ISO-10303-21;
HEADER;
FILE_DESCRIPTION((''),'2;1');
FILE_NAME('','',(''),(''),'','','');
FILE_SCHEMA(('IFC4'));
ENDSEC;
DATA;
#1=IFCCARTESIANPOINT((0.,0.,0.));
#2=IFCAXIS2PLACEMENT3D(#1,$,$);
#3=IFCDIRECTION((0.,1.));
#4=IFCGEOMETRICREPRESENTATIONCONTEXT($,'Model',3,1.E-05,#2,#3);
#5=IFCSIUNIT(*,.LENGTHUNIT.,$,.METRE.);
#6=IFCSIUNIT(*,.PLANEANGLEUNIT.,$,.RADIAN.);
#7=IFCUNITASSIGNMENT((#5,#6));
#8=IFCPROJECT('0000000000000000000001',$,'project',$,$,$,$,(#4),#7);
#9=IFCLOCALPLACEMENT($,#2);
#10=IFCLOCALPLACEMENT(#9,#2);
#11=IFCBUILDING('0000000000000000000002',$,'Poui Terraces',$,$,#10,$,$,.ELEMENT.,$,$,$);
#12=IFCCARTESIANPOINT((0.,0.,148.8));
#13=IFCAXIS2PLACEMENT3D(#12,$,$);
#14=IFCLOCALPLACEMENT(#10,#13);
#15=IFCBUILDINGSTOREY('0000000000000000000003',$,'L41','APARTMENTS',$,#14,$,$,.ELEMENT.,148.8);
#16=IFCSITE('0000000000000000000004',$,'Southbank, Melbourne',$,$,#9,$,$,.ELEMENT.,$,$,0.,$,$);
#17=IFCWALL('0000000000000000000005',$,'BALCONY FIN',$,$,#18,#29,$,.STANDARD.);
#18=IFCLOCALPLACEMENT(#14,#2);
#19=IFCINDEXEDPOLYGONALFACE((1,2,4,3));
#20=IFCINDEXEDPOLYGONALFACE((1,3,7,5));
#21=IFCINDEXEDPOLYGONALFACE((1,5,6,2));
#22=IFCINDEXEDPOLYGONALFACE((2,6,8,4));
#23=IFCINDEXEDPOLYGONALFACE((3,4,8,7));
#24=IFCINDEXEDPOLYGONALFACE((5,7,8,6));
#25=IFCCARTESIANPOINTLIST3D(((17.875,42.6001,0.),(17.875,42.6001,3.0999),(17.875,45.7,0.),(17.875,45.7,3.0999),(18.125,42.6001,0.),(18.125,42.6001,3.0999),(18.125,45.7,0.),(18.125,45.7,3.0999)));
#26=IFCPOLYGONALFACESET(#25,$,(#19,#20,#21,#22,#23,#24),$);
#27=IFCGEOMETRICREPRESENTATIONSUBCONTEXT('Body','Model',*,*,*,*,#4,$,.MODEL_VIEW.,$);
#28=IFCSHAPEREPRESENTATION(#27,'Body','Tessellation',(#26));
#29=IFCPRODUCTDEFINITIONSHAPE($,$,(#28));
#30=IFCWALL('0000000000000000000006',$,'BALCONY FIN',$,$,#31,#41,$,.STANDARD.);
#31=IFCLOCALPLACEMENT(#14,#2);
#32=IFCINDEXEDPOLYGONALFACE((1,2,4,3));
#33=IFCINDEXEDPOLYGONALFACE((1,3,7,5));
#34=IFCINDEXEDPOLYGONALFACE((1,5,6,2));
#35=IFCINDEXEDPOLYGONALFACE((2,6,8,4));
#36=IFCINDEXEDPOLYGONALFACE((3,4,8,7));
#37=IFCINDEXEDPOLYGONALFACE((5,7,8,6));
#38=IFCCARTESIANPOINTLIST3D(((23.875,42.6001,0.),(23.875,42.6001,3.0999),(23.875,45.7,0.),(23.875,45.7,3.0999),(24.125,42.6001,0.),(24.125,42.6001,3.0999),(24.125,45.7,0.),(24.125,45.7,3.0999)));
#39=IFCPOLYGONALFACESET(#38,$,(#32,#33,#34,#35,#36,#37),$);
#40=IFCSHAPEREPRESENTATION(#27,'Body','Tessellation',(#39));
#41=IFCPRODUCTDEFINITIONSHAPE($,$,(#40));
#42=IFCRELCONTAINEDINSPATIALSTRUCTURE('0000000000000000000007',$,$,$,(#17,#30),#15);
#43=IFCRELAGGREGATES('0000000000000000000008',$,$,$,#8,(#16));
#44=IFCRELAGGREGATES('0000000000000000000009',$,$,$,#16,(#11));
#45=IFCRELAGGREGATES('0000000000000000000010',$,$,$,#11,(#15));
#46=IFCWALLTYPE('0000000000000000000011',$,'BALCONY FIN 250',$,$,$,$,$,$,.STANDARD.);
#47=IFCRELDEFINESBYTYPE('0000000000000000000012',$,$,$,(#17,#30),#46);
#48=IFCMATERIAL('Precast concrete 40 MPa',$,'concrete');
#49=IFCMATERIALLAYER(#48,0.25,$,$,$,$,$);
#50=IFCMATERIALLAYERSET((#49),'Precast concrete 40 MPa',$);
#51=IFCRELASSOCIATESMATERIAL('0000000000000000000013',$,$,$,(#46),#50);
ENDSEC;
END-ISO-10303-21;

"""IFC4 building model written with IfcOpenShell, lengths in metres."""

from ifc_helpers import new_model, si_unit, direction, frame, origin, place, context, subcontext, project, spatial, polyline, outline, extrude, source, transform, mapped, material, layer, layer_set, type_object, element, save


model = new_model("IFC4")

# Units and contexts
model_context = context("Model", 3, precision=1e-05, world=origin(), true_north=direction((0.0, 1.0)))
body_context = subcontext(model_context, "Body", "Model", "MODEL_VIEW")
ifc_project = project(units=[si_unit("LENGTHUNIT", "METRE"), si_unit("PLANEANGLEUNIT", "RADIAN")], contexts=[model_context])

# Site, building, storey
site_placement = place(None, origin())
site = spatial("IfcSite", under=ifc_project, at=site_placement, Name="Southbank, Melbourne", CompositionType="ELEMENT", RefElevation=0.0)
building_placement = place(site_placement, origin())
building = spatial("IfcBuilding", under=site, at=building_placement, Name="Poui Terraces", CompositionType="ELEMENT")
storey_placement = place(building_placement, frame((0.0, 0.0, 148.8)))
storey = spatial("IfcBuildingStorey", under=building, at=storey_placement, Name="L41", Description="APARTMENTS", CompositionType="ELEMENT", Elevation=148.8)

# Walls
ifc_material_1 = material(Name="Precast concrete 40 MPa", Category="concrete")
ifc_layer_1 = layer(ifc_material_1, 0.25)
ifc_layer_set_1 = layer_set([ifc_layer_1], Name="Precast concrete 40 MPa")
wall_type_1 = type_object("IfcWallType", Name="BALCONY FIN 250", PredefinedType="STANDARD", material=ifc_layer_set_1)
shared_shape_1 = source(origin(), body_context, "Body", "SweptSolid", [
    extrude(outline(polyline([(0.0, 0.0), (0.25, 0.0), (0.25, 3.0999), (0.0, 3.0999), (0.0, 0.0)])), origin(), (0.0, 0.0, 1.0), 3.0999),
])
for number, where, name in (
    (1, (17.875, 42.6001, 0.0), "BALCONY FIN"),
    (2, (23.875, 42.6001, 0.0), "BALCONY FIN"),
):
    element("IfcWall", number, at=place(storey_placement, frame(where)), inside=storey, type_object=wall_type_1, Name=name, PredefinedType="STANDARD", context=body_context, shape_type="MappedRepresentation", body=[
        mapped(shared_shape_1, transform((0.0, 0.0, 0.0))),
    ])

save(model, "model.ifc")
